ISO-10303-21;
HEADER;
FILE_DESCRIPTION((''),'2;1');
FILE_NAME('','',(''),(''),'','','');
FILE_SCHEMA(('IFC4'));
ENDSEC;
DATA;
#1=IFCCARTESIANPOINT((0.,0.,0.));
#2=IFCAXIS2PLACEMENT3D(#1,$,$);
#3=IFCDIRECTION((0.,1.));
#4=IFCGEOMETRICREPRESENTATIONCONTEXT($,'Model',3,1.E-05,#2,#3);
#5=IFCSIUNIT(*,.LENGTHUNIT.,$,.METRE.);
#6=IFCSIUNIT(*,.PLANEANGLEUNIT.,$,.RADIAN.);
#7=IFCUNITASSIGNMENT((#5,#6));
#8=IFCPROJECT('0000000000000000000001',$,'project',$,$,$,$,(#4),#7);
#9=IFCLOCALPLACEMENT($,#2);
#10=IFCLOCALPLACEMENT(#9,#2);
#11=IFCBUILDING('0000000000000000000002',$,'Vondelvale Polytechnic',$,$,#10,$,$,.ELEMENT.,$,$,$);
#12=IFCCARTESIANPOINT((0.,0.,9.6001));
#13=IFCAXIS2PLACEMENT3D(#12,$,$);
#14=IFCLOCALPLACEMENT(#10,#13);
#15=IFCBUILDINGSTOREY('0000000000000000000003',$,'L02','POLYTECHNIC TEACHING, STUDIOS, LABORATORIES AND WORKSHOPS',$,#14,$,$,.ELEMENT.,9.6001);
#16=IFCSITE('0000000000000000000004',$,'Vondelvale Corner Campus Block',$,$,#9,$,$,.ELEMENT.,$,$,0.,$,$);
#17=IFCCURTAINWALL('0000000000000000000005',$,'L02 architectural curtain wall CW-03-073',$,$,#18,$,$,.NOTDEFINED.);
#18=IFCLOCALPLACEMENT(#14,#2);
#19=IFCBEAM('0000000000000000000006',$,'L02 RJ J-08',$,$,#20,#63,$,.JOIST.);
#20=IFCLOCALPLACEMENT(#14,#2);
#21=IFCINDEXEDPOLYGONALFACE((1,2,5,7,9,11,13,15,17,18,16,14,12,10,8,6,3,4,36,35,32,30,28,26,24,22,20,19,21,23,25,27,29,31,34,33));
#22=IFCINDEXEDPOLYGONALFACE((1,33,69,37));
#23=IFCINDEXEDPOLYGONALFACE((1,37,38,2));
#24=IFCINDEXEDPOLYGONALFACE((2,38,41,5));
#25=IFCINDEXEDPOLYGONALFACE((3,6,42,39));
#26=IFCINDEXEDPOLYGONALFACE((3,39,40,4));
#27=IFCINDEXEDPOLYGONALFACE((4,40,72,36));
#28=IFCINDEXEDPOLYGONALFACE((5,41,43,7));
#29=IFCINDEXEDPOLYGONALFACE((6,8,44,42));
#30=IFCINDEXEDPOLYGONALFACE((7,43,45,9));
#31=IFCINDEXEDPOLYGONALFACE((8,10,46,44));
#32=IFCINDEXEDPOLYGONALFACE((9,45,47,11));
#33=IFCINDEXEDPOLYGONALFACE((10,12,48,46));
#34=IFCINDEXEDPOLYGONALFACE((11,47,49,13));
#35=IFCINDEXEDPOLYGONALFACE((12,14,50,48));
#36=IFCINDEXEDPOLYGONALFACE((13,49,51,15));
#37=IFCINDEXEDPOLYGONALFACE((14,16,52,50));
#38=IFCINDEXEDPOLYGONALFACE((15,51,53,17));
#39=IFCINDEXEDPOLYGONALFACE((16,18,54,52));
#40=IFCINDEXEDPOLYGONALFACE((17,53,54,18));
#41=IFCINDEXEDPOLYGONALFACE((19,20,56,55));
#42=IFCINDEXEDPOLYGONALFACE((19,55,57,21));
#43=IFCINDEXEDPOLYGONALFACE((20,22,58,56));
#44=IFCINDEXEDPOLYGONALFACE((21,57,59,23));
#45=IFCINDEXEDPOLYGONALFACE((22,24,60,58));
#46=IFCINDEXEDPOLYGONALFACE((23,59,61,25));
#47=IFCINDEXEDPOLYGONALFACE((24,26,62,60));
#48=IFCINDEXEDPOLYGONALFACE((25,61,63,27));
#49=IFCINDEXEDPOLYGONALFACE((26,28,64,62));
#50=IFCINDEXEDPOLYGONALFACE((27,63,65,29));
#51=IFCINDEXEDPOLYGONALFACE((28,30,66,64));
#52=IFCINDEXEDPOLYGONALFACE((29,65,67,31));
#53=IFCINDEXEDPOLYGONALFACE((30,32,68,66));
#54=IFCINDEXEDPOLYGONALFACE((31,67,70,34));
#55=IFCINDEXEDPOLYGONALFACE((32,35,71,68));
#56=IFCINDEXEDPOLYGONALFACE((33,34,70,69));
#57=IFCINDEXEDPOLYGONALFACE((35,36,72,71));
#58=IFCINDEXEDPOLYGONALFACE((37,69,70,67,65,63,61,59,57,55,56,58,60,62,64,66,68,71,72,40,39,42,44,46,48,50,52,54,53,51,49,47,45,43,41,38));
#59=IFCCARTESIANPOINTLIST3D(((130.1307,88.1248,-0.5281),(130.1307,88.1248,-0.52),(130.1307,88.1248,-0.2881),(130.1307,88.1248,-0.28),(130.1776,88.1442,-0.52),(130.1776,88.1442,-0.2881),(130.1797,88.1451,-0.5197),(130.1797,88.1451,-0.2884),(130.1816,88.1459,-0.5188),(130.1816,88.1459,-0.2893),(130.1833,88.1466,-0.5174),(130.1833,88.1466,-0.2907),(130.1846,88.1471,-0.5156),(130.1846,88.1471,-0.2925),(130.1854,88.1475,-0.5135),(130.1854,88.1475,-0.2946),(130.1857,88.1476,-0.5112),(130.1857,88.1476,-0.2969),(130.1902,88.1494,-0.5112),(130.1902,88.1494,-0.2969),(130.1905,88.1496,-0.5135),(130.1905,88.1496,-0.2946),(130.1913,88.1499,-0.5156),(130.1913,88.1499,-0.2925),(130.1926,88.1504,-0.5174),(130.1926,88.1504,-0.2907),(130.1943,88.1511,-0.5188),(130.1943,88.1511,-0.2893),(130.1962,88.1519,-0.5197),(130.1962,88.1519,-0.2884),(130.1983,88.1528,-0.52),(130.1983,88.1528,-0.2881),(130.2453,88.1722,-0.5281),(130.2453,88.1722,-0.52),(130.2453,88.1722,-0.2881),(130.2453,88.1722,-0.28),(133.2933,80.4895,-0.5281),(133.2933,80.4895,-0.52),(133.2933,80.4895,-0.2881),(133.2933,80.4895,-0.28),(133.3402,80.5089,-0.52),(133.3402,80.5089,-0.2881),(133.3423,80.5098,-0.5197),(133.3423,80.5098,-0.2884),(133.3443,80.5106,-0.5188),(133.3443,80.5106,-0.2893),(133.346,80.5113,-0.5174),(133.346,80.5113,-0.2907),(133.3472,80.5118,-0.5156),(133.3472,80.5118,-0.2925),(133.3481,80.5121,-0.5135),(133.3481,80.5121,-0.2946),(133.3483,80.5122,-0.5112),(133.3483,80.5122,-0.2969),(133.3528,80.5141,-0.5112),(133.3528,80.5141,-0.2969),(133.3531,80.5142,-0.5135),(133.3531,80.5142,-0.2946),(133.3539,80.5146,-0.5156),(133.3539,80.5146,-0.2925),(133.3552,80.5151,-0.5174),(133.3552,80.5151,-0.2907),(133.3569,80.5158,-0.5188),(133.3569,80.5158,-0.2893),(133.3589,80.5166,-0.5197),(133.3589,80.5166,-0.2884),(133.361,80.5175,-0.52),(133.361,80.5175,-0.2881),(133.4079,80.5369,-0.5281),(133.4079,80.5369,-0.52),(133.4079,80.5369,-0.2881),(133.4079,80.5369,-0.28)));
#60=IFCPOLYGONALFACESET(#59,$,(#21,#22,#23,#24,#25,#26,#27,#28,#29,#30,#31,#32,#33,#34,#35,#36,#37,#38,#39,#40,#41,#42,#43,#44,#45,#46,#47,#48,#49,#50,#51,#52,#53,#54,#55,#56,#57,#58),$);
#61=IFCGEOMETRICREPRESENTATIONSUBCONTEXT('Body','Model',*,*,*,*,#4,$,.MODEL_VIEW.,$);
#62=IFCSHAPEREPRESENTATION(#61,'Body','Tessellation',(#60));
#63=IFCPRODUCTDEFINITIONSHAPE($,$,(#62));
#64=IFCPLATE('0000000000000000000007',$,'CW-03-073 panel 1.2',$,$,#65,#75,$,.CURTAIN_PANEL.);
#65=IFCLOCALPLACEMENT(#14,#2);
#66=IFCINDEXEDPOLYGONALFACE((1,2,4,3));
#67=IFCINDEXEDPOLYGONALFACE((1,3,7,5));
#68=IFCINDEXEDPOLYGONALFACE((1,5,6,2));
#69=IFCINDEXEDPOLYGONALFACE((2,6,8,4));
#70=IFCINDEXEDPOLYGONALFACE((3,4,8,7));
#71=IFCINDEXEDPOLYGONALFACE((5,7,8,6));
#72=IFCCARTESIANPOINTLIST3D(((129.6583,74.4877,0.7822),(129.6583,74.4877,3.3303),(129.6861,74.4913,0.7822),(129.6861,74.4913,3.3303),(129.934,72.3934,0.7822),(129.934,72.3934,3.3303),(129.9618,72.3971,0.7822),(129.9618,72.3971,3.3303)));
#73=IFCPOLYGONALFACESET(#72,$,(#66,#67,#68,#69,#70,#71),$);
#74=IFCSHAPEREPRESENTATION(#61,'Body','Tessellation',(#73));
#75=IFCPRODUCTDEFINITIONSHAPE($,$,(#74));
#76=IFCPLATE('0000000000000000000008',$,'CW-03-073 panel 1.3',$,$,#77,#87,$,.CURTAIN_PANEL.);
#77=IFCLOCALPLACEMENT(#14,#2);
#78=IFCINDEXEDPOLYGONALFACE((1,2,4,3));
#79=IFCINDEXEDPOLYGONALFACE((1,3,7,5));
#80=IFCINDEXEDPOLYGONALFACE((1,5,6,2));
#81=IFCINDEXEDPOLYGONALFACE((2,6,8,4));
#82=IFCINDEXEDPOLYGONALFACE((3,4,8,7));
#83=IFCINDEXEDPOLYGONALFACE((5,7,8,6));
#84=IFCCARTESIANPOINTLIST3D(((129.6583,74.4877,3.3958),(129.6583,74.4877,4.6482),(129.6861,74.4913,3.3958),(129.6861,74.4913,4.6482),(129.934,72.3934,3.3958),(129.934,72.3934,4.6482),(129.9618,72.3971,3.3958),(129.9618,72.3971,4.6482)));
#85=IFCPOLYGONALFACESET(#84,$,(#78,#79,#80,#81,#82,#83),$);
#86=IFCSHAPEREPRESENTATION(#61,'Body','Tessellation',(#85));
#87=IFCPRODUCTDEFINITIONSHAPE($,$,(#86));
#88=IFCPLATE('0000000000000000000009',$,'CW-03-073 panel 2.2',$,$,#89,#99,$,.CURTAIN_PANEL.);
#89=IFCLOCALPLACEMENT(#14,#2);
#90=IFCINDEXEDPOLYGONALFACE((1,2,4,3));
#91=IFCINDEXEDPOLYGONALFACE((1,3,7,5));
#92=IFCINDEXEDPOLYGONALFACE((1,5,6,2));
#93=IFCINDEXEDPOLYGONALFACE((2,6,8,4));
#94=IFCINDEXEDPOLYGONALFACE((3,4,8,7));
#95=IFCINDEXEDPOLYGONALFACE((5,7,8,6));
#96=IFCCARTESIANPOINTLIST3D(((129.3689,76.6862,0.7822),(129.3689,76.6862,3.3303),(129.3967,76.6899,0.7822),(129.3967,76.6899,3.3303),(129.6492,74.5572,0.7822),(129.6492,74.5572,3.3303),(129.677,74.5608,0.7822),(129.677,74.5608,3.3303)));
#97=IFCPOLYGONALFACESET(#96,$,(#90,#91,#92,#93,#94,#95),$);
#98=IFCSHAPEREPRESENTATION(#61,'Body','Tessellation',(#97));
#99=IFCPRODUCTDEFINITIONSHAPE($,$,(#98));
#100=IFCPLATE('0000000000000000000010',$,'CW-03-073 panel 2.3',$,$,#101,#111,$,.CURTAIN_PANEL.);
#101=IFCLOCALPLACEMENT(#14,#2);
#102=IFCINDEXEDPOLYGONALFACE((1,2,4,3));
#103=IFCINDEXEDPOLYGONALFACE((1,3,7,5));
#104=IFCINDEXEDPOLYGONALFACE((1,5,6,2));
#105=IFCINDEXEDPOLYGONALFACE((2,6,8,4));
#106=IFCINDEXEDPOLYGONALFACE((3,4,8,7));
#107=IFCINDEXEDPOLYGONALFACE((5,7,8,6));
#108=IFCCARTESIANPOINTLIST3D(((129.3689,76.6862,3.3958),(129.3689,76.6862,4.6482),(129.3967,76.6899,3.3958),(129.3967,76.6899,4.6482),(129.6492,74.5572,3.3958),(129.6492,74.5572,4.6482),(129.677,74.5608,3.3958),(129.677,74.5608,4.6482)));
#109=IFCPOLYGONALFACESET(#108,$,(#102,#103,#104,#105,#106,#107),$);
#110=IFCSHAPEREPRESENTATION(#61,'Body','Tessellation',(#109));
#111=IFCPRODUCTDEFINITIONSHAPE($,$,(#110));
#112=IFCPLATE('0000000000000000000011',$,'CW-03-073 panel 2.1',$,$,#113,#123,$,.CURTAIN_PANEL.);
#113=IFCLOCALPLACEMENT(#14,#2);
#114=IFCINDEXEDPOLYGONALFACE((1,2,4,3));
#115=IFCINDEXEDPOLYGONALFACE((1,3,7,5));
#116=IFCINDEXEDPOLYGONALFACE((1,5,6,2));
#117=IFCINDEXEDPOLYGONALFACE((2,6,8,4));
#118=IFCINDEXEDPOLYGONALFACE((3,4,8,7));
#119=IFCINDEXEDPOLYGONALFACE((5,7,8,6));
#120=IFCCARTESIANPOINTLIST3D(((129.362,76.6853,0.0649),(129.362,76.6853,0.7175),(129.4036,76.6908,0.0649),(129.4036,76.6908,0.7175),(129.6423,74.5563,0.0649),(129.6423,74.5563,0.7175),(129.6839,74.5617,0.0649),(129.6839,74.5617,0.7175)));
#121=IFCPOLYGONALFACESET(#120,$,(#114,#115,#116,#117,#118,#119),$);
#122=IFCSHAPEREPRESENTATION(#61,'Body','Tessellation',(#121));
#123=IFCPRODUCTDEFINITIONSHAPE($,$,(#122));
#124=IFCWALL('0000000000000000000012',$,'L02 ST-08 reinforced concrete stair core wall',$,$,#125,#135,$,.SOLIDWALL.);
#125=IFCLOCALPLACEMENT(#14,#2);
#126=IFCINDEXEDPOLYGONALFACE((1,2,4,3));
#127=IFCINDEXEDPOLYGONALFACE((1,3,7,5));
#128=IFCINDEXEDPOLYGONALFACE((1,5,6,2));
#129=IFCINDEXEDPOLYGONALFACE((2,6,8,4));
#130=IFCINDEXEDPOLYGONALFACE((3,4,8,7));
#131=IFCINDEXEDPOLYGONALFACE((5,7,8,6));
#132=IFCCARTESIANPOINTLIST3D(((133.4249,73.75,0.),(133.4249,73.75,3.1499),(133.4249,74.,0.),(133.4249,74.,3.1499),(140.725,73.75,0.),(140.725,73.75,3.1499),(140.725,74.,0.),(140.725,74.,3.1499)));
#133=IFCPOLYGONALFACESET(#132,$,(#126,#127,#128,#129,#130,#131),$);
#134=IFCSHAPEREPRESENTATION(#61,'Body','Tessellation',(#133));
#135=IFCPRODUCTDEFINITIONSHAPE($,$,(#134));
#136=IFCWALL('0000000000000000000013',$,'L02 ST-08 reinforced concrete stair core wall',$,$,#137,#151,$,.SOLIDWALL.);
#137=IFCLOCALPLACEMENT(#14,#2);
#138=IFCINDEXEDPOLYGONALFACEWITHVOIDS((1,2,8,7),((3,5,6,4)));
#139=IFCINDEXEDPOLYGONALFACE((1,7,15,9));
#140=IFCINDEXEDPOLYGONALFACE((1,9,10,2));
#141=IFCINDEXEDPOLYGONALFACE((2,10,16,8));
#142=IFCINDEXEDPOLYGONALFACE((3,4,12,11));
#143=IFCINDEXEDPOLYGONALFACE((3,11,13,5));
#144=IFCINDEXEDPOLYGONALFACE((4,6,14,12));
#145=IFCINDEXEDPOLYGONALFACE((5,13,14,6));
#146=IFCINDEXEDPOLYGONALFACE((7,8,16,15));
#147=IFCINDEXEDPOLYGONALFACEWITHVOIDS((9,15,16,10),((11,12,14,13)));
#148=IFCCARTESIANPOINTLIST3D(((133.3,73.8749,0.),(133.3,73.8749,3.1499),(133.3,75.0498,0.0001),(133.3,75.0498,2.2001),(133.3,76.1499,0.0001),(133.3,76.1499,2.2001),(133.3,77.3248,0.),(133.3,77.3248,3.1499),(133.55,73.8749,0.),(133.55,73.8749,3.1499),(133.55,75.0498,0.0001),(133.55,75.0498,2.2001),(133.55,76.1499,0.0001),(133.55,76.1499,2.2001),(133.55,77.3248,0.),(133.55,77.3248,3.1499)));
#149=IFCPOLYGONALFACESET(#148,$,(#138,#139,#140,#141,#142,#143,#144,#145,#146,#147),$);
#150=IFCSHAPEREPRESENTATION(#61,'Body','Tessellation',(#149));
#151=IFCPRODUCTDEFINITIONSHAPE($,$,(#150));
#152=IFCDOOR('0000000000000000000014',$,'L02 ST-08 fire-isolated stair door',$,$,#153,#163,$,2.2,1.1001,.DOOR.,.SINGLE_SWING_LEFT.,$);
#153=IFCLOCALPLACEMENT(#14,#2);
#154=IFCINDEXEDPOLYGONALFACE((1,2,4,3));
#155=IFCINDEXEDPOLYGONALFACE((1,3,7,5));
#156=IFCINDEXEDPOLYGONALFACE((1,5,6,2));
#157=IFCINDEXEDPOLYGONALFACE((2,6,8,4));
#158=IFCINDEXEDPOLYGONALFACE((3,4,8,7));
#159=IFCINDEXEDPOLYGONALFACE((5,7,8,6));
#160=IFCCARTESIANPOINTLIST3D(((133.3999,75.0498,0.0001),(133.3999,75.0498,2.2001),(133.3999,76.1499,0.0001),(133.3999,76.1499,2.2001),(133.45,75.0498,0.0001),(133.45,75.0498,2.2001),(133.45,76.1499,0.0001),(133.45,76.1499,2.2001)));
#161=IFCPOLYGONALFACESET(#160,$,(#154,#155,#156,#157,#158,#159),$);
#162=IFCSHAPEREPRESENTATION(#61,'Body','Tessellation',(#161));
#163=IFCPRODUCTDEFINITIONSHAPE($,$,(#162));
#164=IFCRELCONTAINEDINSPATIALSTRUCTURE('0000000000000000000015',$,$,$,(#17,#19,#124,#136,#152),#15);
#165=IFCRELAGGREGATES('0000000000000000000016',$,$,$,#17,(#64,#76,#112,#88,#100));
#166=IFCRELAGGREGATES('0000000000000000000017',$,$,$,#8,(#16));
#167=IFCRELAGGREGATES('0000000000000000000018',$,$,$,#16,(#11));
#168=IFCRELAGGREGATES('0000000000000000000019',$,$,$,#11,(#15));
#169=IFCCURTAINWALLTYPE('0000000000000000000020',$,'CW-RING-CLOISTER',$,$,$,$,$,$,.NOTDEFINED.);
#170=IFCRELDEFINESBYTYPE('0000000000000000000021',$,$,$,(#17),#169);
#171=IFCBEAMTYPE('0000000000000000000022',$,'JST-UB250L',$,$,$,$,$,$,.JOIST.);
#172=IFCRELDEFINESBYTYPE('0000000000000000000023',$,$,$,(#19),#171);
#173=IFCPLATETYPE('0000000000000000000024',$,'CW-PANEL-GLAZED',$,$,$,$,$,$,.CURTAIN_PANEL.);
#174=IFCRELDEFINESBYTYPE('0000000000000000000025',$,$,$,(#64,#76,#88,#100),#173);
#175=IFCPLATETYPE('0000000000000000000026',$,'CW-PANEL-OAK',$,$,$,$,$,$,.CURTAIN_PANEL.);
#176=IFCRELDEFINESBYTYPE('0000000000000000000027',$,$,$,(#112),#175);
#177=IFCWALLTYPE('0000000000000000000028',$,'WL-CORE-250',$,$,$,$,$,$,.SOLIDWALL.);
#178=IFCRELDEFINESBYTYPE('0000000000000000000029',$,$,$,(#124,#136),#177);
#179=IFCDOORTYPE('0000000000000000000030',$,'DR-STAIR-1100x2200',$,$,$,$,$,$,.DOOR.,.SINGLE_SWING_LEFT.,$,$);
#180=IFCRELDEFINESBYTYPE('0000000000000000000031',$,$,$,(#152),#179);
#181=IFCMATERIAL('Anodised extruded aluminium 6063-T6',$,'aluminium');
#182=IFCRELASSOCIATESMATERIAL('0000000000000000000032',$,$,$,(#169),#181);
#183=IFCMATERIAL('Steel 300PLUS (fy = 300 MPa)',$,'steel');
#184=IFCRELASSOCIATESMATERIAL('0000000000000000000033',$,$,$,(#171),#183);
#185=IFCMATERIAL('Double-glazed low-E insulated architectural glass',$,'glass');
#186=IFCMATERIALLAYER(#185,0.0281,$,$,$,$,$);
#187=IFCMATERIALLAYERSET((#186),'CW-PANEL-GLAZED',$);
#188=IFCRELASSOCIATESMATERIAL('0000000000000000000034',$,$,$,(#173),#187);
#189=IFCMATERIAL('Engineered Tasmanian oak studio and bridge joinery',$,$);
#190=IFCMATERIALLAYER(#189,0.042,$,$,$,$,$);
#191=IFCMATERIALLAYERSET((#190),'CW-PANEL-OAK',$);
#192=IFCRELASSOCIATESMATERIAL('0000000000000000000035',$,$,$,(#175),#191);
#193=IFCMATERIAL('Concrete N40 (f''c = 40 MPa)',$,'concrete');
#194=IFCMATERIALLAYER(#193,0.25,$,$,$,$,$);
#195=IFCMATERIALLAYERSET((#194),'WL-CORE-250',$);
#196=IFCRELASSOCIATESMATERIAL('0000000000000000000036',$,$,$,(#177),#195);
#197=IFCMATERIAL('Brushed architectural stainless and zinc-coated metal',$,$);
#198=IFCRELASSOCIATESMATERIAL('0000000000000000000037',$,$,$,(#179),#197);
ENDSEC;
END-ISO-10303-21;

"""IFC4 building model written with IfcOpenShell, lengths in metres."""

from ifc_helpers import new_model, si_unit, direction, frame, frame_2d, origin, origin_2d, place, context, subcontext, project, spatial, rectangle, i_section, extrude, material, layer, layer_set, material_profile, profile_set, type_object, element, fill, aggregate, save


model = new_model("IFC4")

# Units and contexts
model_context = context("Model", 3, precision=1e-05, world=origin(), true_north=direction((0.0, 1.0)))
body_context = subcontext(model_context, "Body", "Model", "MODEL_VIEW")
ifc_project = project(units=[si_unit("LENGTHUNIT", "METRE"), si_unit("PLANEANGLEUNIT", "RADIAN")], contexts=[model_context])

# Site, building, storey
site_placement = place(None, origin())
site = spatial("IfcSite", under=ifc_project, at=site_placement, Name="Vondelvale Corner Campus Block", CompositionType="ELEMENT", RefElevation=0.0)
building_placement = place(site_placement, origin())
building = spatial("IfcBuilding", under=site, at=building_placement, Name="Vondelvale Polytechnic", CompositionType="ELEMENT")
storey_placement = place(building_placement, frame((0.0, 0.0, 9.6001)))
storey = spatial("IfcBuildingStorey", under=building, at=storey_placement, Name="L02", Description="POLYTECHNIC TEACHING, STUDIOS, LABORATORIES AND WORKSHOPS", CompositionType="ELEMENT", Elevation=9.6001)

# Shared definitions
ifc_material_1 = material(Name="Steel 300PLUS (fy = 300 MPa)", Category="steel")

# Shared definitions
ifc_material_2 = material(Name="Concrete N40 (f'c = 40 MPa)", Category="concrete")

# Curtain wall
ifc_material_3 = material(Name="Anodised extruded aluminium 6063-T6", Category="aluminium")
curtain_wall_type = type_object("IfcCurtainWallType", Name="CW-RING-CLOISTER", PredefinedType="NOTDEFINED", material=ifc_material_3)
curtain_wall_placement = place(storey_placement, origin())
curtain_wall = element("IfcCurtainWall", 1, at=curtain_wall_placement, inside=storey, type_object=curtain_wall_type, Name="L02 architectural curtain wall CW-03-073", PredefinedType="NOTDEFINED")

# Beam
ifc_material_profile_1 = material_profile(ifc_material_1, i_section(OverallWidth=0.124, OverallDepth=0.248, WebThickness=0.0049, FlangeThickness=0.0081, FilletRadius=0.0088, at=origin_2d()), Name="250UB25.7")
ifc_profile_set_1 = profile_set([ifc_material_profile_1], Name="Steel 300PLUS (fy = 300 MPa)")
beam_type_1 = type_object("IfcBeamType", Name="JST-UB250L", PredefinedType="JOIST", material=ifc_profile_set_1)
beam_1_placement = place(storey_placement, frame((133.3506, 80.5132, -0.4041), z_axis=(-0.382681, 0.923881, 0.0), x_axis=(-0.923881, -0.382681, 0.0)))
element("IfcBeam", 2, at=beam_1_placement, inside=storey, type_object=beam_type_1, Name="L02 RJ J-08", PredefinedType="JOIST", context=body_context, shape_type="SweptSolid", body=[
    extrude(i_section(OverallWidth=0.124, OverallDepth=0.248, WebThickness=0.0049, FlangeThickness=0.0081, FilletRadius=0.0088, at=origin_2d()), origin(), (0.0, 0.0, 1.0), 8.2644),
])

# Plates
ifc_material_4 = material(Name="Double-glazed low-E insulated architectural glass", Category="glass")
ifc_layer_1 = layer(ifc_material_4, 0.0281)
ifc_layer_set_1 = layer_set([ifc_layer_1], Name="CW-PANEL-GLAZED")
plate_type_1 = type_object("IfcPlateType", Name="CW-PANEL-GLAZED", PredefinedType="CURTAIN_PANEL", material=ifc_layer_set_1)
plate_1_placement = place(storey_placement, frame((129.8101, 73.4424, 0.7822), z_axis=(0.0, 0.0, 1.0), x_axis=(-0.130528, 0.991445, 0.0)))
plate_1 = element("IfcPlate", 3, at=plate_1_placement, type_object=plate_type_1, Name="CW-03-073 panel 1.2", PredefinedType="CURTAIN_PANEL", context=body_context, shape_type="SweptSolid", body=[
    extrude(rectangle(XDim=2.1123, YDim=0.0281, at=origin_2d()), origin(), (0.0, 0.0, 1.0), 2.5481),
])
plate_2_placement = place(storey_placement, frame((129.8101, 73.4424, 3.3958), z_axis=(0.0, 0.0, 1.0), x_axis=(-0.130528, 0.991445, 0.0)))
plate_2 = element("IfcPlate", 4, at=plate_2_placement, type_object=plate_type_1, Name="CW-03-073 panel 1.3", PredefinedType="CURTAIN_PANEL", context=body_context, shape_type="SweptSolid", body=[
    extrude(rectangle(XDim=2.1123, YDim=0.0281, at=origin_2d()), origin(), (0.0, 0.0, 1.0), 1.2524),
])
plate_3_placement = place(storey_placement, frame((129.5229, 75.6235, 0.7822), z_axis=(0.0, 0.0, 1.0), x_axis=(-0.130528, 0.991445, 0.0)))
plate_3 = element("IfcPlate", 5, at=plate_3_placement, type_object=plate_type_1, Name="CW-03-073 panel 2.2", PredefinedType="CURTAIN_PANEL", context=body_context, shape_type="SweptSolid", body=[
    extrude(rectangle(XDim=2.1475, YDim=0.0281, at=origin_2d()), origin(), (0.0, 0.0, 1.0), 2.5481),
])
plate_4_placement = place(storey_placement, frame((129.5229, 75.6235, 3.3958), z_axis=(0.0, 0.0, 1.0), x_axis=(-0.130528, 0.991445, 0.0)))
plate_4 = element("IfcPlate", 6, at=plate_4_placement, type_object=plate_type_1, Name="CW-03-073 panel 2.3", PredefinedType="CURTAIN_PANEL", context=body_context, shape_type="SweptSolid", body=[
    extrude(rectangle(XDim=2.1475, YDim=0.0281, at=origin_2d()), origin(), (0.0, 0.0, 1.0), 1.2524),
])
ifc_material_5 = material(Name="Engineered Tasmanian oak studio and bridge joinery")
ifc_layer_2 = layer(ifc_material_5, 0.042)
ifc_layer_set_2 = layer_set([ifc_layer_2], Name="CW-PANEL-OAK")
plate_type_2 = type_object("IfcPlateType", Name="CW-PANEL-OAK", PredefinedType="CURTAIN_PANEL", material=ifc_layer_set_2)
plate_5_placement = place(storey_placement, frame((129.5229, 75.6235, 0.0649), z_axis=(0.0, 0.0, 1.0), x_axis=(-0.130528, 0.991445, 0.0)))
plate_5 = element("IfcPlate", 7, at=plate_5_placement, type_object=plate_type_2, Name="CW-03-073 panel 2.1", PredefinedType="CURTAIN_PANEL", context=body_context, shape_type="SweptSolid", body=[
    extrude(rectangle(XDim=2.1475, YDim=0.042, at=origin_2d()), origin(), (0.0, 0.0, 1.0), 0.6526),
])
aggregate(curtain_wall, [plate_1, plate_2, plate_5, plate_3, plate_4])

# Wall
ifc_layer_3 = layer(ifc_material_2, 0.25)
ifc_layer_set_3 = layer_set([ifc_layer_3], Name="WL-CORE-250")
wall_type_1 = type_object("IfcWallType", Name="WL-CORE-250", PredefinedType="SOLIDWALL", material=ifc_layer_set_3)
wall_1_placement = place(storey_placement, frame((133.425, 73.875, 0.0), z_axis=(0.0, 0.0, 1.0), x_axis=(1.0, 0.0, 0.0)))
element("IfcWall", 8, at=wall_1_placement, inside=storey, type_object=wall_type_1, Name="L02 ST-08 reinforced concrete stair core wall", PredefinedType="SOLIDWALL", context=body_context, shape_type="SweptSolid", body=[
    extrude(rectangle(XDim=7.3, YDim=0.25, at=frame_2d((3.6499, 0.0))), origin(), (0.0, 0.0, 1.0), 3.1499),
])

# Wall, opening, door
wall_2_placement = place(storey_placement, frame((133.425, 77.325, 0.0), z_axis=(0.0, 0.0, 1.0), x_axis=(0.0, -1.0, 0.0)))
wall_2 = element("IfcWall", 9, at=wall_2_placement, inside=storey, type_object=wall_type_1, Name="L02 ST-08 reinforced concrete stair core wall", PredefinedType="SOLIDWALL", context=body_context, shape_type="SweptSolid", body=[
    extrude(rectangle(XDim=3.45, YDim=0.25, at=frame_2d((1.7251, 0.0))), origin(), (0.0, 0.0, 1.0), 3.1499),
])
opening_1_placement = place(wall_2_placement, frame((1.175, 0.0, 0.0)))
opening_1 = element("IfcOpeningElement", 10, at=opening_1_placement, cuts=wall_2, PredefinedType="OPENING", context=body_context, shape_type="SweptSolid", body=[
    extrude(rectangle(XDim=1.1001, YDim=2.2, at=frame_2d((0.55, 1.1001))), frame((0.0, 0.135, 0.0), z_axis=(0.0, -1.0, 0.0), x_axis=(1.0, 0.0, 0.0)), (0.0, 0.0, 1.0), 0.27),
])
ifc_material_6 = material(Name="Brushed architectural stainless and zinc-coated metal")
door_type_1 = type_object("IfcDoorType", Name="DR-STAIR-1100x2200", OperationType="SINGLE_SWING_LEFT", PredefinedType="DOOR", material=ifc_material_6)
door_1_placement = place(opening_1_placement, origin())
door_1 = element("IfcDoor", 11, at=door_1_placement, inside=storey, type_object=door_type_1, Name="L02 ST-08 fire-isolated stair door", OperationType="SINGLE_SWING_LEFT", OverallHeight=2.2, OverallWidth=1.1001, PredefinedType="DOOR", context=body_context, shape_type="SweptSolid", body=[
    extrude(rectangle(XDim=1.1001, YDim=2.2, at=frame_2d((0.55, 1.1001))), frame((0.0, 0.0249, 0.0), z_axis=(0.0, -1.0, 0.0), x_axis=(1.0, 0.0, 0.0)), (0.0, 0.0, 1.0), 0.05),
])
fill(opening_1, door_1)

save(model, "model.ifc")
